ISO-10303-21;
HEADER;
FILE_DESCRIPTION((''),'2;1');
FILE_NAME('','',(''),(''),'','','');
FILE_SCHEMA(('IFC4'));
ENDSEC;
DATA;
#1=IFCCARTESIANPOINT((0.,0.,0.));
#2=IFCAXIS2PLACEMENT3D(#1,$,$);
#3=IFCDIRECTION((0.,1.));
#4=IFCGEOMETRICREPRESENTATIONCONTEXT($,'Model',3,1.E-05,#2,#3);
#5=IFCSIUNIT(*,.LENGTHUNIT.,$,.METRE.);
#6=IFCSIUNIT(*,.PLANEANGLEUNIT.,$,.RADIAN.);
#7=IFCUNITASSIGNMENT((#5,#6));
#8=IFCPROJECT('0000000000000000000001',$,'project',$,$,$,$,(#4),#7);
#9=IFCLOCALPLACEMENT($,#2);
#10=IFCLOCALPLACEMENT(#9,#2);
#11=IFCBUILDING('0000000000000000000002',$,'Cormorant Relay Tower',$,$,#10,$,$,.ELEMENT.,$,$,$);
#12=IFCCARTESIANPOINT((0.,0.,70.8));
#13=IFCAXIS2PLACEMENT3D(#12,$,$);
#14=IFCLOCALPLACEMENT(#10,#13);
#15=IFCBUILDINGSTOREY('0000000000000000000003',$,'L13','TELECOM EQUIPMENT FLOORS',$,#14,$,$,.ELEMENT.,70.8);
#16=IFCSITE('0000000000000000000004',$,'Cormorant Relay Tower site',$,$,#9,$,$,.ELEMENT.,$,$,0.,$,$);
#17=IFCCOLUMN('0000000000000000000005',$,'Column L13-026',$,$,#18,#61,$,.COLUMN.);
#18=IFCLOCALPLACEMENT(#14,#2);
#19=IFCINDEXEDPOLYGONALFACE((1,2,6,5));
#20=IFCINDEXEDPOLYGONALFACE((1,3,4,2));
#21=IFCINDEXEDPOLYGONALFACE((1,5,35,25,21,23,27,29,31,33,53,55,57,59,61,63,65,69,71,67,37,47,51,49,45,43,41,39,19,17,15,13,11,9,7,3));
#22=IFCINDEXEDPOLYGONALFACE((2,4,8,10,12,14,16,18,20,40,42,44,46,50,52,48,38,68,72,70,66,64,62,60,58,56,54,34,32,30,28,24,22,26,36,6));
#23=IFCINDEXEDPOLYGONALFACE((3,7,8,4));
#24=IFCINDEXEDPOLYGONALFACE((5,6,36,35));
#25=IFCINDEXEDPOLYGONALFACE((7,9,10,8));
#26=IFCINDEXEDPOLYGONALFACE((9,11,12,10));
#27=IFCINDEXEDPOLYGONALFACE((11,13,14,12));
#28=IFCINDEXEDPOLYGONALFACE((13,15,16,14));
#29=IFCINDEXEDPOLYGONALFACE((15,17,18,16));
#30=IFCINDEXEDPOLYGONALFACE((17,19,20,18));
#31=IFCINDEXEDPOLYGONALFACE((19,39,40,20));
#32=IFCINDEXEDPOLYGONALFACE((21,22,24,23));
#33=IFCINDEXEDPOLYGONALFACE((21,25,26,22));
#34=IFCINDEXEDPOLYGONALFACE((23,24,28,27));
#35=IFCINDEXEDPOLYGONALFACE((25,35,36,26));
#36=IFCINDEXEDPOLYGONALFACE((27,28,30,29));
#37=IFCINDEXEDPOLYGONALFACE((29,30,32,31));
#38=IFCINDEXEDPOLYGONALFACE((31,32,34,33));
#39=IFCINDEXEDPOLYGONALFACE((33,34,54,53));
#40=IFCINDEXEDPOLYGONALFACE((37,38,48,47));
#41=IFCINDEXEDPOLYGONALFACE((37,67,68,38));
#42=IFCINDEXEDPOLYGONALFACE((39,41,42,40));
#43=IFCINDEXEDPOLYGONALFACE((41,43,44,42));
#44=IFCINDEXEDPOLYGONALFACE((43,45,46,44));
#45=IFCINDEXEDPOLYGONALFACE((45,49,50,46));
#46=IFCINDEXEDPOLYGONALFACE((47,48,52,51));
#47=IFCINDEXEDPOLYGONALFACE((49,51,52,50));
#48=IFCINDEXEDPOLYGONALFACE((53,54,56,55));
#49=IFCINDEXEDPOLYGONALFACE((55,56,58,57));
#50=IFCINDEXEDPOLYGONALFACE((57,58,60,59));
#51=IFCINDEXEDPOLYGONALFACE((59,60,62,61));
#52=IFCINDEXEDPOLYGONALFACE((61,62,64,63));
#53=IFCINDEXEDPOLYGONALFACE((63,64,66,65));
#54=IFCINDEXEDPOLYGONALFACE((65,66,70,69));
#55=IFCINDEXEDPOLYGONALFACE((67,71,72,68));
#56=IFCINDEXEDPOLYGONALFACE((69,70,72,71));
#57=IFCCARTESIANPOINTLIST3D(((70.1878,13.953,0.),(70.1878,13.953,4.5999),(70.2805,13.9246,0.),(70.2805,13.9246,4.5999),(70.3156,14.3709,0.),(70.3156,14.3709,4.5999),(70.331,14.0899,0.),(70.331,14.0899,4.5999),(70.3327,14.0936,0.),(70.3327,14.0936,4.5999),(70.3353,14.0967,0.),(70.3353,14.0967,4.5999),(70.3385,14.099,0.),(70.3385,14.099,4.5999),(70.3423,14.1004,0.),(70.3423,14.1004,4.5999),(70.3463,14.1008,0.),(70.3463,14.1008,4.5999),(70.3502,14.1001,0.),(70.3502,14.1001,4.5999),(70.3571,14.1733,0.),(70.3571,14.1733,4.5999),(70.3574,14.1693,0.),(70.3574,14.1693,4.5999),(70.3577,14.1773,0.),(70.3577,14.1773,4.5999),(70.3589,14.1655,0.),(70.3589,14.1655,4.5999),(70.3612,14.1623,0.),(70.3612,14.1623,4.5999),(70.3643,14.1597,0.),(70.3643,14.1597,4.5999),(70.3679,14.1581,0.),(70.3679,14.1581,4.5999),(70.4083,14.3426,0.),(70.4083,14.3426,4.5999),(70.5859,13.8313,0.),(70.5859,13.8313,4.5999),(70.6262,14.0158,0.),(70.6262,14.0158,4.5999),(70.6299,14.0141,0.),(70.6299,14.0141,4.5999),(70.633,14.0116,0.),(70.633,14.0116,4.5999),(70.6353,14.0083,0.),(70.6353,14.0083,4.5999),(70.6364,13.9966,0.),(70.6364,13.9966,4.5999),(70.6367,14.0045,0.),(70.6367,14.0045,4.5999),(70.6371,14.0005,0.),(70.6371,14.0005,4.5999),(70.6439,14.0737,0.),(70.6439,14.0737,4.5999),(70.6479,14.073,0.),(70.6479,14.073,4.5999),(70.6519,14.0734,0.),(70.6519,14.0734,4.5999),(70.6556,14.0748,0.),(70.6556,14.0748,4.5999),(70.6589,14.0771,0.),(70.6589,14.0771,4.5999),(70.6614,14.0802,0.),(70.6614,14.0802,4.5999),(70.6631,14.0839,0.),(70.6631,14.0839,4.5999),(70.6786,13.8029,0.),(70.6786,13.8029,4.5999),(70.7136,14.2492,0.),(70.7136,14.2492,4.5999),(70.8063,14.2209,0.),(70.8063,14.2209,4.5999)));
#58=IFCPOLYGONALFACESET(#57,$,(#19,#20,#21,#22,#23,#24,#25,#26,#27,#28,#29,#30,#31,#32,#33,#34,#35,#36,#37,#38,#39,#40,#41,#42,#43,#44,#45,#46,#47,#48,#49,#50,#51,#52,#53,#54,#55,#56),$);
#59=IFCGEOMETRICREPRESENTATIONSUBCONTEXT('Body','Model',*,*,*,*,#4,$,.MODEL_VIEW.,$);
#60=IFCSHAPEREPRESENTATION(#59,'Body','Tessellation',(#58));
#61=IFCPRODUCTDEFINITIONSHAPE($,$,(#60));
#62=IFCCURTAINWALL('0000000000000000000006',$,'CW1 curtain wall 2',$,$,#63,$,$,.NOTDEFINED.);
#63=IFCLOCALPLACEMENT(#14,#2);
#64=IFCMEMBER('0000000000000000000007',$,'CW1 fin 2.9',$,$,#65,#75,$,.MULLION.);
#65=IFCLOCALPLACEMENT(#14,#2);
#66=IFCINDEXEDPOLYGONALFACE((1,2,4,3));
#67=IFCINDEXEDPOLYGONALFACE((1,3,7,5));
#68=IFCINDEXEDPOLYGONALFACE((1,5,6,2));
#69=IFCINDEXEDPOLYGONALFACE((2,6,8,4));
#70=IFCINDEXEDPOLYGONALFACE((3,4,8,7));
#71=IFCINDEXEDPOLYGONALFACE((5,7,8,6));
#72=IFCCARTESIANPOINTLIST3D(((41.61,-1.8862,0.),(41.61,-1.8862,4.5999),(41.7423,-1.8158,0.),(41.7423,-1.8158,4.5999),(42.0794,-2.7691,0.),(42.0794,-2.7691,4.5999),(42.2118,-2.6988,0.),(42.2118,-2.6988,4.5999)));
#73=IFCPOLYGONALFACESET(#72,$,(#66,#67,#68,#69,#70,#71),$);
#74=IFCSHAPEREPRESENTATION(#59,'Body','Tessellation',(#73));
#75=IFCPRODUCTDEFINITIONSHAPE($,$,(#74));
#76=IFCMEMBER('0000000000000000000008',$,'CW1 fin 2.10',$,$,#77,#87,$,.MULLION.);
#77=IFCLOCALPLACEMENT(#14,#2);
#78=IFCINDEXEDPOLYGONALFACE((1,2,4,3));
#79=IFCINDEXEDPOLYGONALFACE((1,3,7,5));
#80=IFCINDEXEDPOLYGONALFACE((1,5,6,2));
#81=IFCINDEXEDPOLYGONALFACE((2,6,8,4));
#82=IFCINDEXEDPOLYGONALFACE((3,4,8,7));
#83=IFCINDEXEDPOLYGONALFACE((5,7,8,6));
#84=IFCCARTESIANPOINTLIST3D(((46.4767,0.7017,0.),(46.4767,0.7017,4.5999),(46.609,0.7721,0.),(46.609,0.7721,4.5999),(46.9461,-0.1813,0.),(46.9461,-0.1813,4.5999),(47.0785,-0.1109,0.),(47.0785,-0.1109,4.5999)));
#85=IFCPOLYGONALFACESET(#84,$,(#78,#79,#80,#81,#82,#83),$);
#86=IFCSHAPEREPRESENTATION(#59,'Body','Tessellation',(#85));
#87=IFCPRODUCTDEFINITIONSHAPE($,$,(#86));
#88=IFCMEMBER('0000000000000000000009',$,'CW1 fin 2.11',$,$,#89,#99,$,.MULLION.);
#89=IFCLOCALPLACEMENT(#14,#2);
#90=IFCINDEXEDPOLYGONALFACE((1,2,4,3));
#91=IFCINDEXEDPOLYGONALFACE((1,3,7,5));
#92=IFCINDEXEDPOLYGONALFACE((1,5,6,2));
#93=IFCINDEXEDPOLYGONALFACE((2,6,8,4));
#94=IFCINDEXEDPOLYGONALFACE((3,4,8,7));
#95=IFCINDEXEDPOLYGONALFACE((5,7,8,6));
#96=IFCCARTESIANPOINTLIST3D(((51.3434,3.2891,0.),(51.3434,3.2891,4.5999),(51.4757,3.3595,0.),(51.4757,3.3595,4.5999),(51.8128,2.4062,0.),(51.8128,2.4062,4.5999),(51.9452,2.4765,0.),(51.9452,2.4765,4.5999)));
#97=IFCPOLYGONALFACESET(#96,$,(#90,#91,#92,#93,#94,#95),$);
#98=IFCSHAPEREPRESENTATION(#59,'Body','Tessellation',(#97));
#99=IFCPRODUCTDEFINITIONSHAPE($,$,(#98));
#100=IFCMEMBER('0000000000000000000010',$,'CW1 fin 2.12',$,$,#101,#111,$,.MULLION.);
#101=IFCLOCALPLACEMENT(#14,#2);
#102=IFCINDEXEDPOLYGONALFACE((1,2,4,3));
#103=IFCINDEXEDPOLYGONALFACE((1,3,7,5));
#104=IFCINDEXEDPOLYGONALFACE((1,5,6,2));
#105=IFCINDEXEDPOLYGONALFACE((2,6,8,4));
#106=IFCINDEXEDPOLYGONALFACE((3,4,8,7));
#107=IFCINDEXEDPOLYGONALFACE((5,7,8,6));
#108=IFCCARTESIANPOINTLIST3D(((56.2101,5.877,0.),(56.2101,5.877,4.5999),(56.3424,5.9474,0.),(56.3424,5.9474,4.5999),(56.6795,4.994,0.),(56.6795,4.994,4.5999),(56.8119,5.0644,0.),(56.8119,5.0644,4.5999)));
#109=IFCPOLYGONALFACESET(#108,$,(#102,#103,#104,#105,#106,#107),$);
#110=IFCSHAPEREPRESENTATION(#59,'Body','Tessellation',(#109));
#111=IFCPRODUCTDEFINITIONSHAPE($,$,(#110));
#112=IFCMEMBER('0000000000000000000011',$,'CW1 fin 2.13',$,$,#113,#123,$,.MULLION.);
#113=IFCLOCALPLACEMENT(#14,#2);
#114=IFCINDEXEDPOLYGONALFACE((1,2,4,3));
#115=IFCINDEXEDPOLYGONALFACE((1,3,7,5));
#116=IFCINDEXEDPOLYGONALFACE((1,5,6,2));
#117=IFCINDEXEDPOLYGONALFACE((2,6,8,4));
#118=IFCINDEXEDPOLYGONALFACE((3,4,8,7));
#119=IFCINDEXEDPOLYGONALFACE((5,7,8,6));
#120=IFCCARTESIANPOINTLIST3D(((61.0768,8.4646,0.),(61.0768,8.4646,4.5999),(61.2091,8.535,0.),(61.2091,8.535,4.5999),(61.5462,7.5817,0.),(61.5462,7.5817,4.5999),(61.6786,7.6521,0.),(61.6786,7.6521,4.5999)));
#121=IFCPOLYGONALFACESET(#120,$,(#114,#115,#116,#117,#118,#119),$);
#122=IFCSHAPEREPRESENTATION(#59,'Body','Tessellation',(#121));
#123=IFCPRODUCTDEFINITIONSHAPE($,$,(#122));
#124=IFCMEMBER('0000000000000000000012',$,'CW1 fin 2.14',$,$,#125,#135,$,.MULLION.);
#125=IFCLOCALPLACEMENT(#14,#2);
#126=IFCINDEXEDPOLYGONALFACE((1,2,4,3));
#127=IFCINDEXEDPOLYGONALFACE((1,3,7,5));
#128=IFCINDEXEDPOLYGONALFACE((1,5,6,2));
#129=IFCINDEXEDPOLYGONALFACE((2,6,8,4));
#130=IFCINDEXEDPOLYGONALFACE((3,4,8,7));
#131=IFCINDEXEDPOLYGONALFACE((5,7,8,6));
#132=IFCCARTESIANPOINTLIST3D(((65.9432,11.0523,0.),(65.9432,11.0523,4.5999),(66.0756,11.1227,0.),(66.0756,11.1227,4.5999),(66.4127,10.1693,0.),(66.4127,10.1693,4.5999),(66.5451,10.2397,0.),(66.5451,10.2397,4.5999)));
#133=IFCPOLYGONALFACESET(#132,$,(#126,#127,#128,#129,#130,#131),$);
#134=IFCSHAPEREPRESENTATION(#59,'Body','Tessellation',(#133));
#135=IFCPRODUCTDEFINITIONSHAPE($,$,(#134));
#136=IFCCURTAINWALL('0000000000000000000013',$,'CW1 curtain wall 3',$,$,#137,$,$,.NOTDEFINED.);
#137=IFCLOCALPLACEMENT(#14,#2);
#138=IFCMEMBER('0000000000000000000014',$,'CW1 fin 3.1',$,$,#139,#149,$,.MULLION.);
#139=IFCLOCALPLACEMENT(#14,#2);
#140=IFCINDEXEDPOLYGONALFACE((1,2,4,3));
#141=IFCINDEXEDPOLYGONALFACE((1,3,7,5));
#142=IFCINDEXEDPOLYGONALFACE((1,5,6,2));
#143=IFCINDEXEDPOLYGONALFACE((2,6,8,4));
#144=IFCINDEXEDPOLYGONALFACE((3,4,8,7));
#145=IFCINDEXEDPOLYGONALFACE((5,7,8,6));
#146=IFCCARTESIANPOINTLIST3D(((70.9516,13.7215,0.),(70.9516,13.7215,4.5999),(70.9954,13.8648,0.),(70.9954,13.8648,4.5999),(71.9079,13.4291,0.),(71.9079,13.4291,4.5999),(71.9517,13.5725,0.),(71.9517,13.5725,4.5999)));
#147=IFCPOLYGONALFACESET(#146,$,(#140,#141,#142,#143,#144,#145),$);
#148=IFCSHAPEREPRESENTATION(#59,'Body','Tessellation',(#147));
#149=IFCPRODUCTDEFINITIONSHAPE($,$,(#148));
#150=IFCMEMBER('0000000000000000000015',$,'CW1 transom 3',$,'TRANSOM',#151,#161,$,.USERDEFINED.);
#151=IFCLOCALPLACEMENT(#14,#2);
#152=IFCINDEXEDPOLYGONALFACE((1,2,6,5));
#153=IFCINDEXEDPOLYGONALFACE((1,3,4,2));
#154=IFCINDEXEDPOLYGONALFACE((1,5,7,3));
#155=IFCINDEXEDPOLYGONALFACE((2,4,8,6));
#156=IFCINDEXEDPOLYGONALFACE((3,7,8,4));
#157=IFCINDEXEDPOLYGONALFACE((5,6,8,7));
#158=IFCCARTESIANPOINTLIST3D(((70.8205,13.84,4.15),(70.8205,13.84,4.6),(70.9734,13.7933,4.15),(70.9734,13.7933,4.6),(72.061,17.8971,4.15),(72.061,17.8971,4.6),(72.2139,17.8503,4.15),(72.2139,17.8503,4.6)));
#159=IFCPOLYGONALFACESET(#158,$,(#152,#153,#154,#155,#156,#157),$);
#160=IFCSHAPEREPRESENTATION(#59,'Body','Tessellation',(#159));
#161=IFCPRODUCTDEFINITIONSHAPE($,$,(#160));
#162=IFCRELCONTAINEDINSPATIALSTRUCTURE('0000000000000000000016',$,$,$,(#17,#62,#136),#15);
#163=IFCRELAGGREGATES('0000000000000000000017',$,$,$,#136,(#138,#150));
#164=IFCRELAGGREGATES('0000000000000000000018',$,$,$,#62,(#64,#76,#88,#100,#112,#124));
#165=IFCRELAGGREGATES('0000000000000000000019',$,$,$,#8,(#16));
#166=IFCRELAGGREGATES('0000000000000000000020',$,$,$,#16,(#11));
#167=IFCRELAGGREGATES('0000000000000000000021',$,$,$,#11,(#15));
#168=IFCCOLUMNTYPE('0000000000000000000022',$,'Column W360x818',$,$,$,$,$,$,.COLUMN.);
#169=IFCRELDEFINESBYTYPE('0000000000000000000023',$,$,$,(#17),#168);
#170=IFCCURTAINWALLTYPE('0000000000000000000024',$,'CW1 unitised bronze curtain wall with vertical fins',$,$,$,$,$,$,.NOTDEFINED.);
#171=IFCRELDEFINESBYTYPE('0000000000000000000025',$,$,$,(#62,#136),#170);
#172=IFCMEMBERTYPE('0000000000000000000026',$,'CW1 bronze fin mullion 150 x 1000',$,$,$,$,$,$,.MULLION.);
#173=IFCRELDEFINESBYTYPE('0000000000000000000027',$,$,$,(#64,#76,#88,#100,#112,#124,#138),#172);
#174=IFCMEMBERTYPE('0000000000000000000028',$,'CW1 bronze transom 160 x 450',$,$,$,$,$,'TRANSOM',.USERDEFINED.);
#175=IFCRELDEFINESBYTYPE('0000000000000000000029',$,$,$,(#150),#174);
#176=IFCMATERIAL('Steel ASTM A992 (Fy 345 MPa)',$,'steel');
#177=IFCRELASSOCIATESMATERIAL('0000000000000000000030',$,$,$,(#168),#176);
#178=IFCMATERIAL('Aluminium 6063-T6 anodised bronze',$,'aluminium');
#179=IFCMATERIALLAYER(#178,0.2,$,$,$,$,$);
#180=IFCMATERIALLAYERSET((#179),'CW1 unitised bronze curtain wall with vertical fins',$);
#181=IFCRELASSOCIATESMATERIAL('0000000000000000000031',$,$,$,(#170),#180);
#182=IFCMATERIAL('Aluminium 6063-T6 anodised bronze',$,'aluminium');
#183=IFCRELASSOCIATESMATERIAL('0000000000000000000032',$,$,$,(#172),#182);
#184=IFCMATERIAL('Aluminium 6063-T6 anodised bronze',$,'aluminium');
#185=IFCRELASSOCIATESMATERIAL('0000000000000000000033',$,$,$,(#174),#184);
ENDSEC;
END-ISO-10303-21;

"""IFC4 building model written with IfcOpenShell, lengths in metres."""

from ifc_helpers import new_model, si_unit, direction, frame, origin, origin_2d, place, context, subcontext, project, spatial, rectangle, i_section, extrude, material, layer, layer_set, material_profile, profile_set, type_object, element, aggregate, save


model = new_model("IFC4")

# Units and contexts
model_context = context("Model", 3, precision=1e-05, world=origin(), true_north=direction((0.0, 1.0)))
body_context = subcontext(model_context, "Body", "Model", "MODEL_VIEW")
ifc_project = project(units=[si_unit("LENGTHUNIT", "METRE"), si_unit("PLANEANGLEUNIT", "RADIAN")], contexts=[model_context])

# Site, building, storey
site_placement = place(None, origin())
site = spatial("IfcSite", under=ifc_project, at=site_placement, Name="Cormorant Relay Tower site", CompositionType="ELEMENT", RefElevation=0.0)
building_placement = place(site_placement, origin())
building = spatial("IfcBuilding", under=site, at=building_placement, Name="Cormorant Relay Tower", CompositionType="ELEMENT")
storey_placement = place(building_placement, frame((0.0, 0.0, 70.8)))
storey = spatial("IfcBuildingStorey", under=building, at=storey_placement, Name="L13", Description="TELECOM EQUIPMENT FLOORS", CompositionType="ELEMENT", Elevation=70.8)

# Column
ifc_material_1 = material(Name="Steel ASTM A992 (Fy 345 MPa)", Category="steel")
ifc_material_profile_1 = material_profile(ifc_material_1, i_section(OverallWidth=0.437, OverallDepth=0.5132, WebThickness=0.0605, FlangeThickness=0.0969, FilletRadius=0.0154, at=origin_2d()), Name="W360x818")
ifc_profile_set_1 = profile_set([ifc_material_profile_1], Name="Steel ASTM A992 (Fy 345 MPa)")
column_type_1 = type_object("IfcColumnType", Name="Column W360x818", PredefinedType="COLUMN", material=ifc_profile_set_1)
for number, where, z_axis, x_axis, name in (
    (1, (70.4971, 14.0869, 0.0), (0.0, 0.0, 1.0), (0.292372, 0.956305, 0.0), "Column L13-026"),
):
    element("IfcColumn", number, at=place(storey_placement, frame(where, z_axis=z_axis, x_axis=x_axis)), inside=storey, type_object=column_type_1, Name=name, PredefinedType="COLUMN", context=body_context, shape_type="SweptSolid", body=[
        extrude(i_section(OverallWidth=0.437, OverallDepth=0.5132, WebThickness=0.0605, FlangeThickness=0.0969, FilletRadius=0.0154, at=origin_2d()), origin(), (0.0, 0.0, 1.0), 4.5999),
    ])

# Curtain walls, members
ifc_material_2 = material(Name="Aluminium 6063-T6 anodised bronze", Category="aluminium")
ifc_layer_1 = layer(ifc_material_2, 0.2)
ifc_layer_set_1 = layer_set([ifc_layer_1], Name="CW1 unitised bronze curtain wall with vertical fins")
curtain_wall_type = type_object("IfcCurtainWallType", Name="CW1 unitised bronze curtain wall with vertical fins", PredefinedType="NOTDEFINED", material=ifc_layer_set_1)
curtain_wall_1_placement = place(storey_placement, origin())
curtain_wall_1 = element("IfcCurtainWall", 2, at=curtain_wall_1_placement, inside=storey, type_object=curtain_wall_type, Name="CW1 curtain wall 2", PredefinedType="NOTDEFINED")
ifc_material_3 = material(Name="Aluminium 6063-T6 anodised bronze", Category="aluminium")
ifc_material_profile_2 = material_profile(ifc_material_3, rectangle(XDim=0.1499, YDim=1.0, at=origin_2d()), Name="AL 150x1000")
ifc_profile_set_2 = profile_set([ifc_material_profile_2], Name="Aluminium 6063-T6 anodised bronze")
member_type_1 = type_object("IfcMemberType", Name="CW1 bronze fin mullion 150 x 1000", PredefinedType="MULLION", material=ifc_profile_set_2)
member_1_placement = place(storey_placement, frame((41.9109, -2.2925, 0.0), z_axis=(0.0, 0.0, 1.0), x_axis=(0.882948, 0.469472, 0.0)))
member_1 = element("IfcMember", 3, at=member_1_placement, type_object=member_type_1, Name="CW1 fin 2.9", PredefinedType="MULLION", context=body_context, shape_type="SweptSolid", body=[
    extrude(rectangle(XDim=0.1499, YDim=1.0, at=origin_2d()), origin(), (0.0, 0.0, 1.0), 4.5999),
])
member_2_placement = place(storey_placement, frame((46.7776, 0.2954, 0.0), z_axis=(0.0, 0.0, 1.0), x_axis=(0.882948, 0.469472, 0.0)))
member_2 = element("IfcMember", 4, at=member_2_placement, type_object=member_type_1, Name="CW1 fin 2.10", PredefinedType="MULLION", context=body_context, shape_type="SweptSolid", body=[
    extrude(rectangle(XDim=0.1499, YDim=1.0, at=origin_2d()), origin(), (0.0, 0.0, 1.0), 4.5999),
])
member_3_placement = place(storey_placement, frame((51.6443, 2.8828, 0.0), z_axis=(0.0, 0.0, 1.0), x_axis=(0.882948, 0.469472, 0.0)))
member_3 = element("IfcMember", 5, at=member_3_placement, type_object=member_type_1, Name="CW1 fin 2.11", PredefinedType="MULLION", context=body_context, shape_type="SweptSolid", body=[
    extrude(rectangle(XDim=0.1499, YDim=1.0, at=origin_2d()), origin(), (0.0, 0.0, 1.0), 4.5999),
])
member_4_placement = place(storey_placement, frame((56.511, 5.4707, 0.0), z_axis=(0.0, 0.0, 1.0), x_axis=(0.882948, 0.469472, 0.0)))
member_4 = element("IfcMember", 6, at=member_4_placement, type_object=member_type_1, Name="CW1 fin 2.12", PredefinedType="MULLION", context=body_context, shape_type="SweptSolid", body=[
    extrude(rectangle(XDim=0.1499, YDim=1.0, at=origin_2d()), origin(), (0.0, 0.0, 1.0), 4.5999),
])
member_5_placement = place(storey_placement, frame((61.3777, 8.0583, 0.0), z_axis=(0.0, 0.0, 1.0), x_axis=(0.882948, 0.469472, 0.0)))
member_5 = element("IfcMember", 7, at=member_5_placement, type_object=member_type_1, Name="CW1 fin 2.13", PredefinedType="MULLION", context=body_context, shape_type="SweptSolid", body=[
    extrude(rectangle(XDim=0.1499, YDim=1.0, at=origin_2d()), origin(), (0.0, 0.0, 1.0), 4.5999),
])
member_6_placement = place(storey_placement, frame((66.2441, 10.646, 0.0), z_axis=(0.0, 0.0, 1.0), x_axis=(0.882948, 0.469472, 0.0)))
member_6 = element("IfcMember", 8, at=member_6_placement, type_object=member_type_1, Name="CW1 fin 2.14", PredefinedType="MULLION", context=body_context, shape_type="SweptSolid", body=[
    extrude(rectangle(XDim=0.1499, YDim=1.0, at=origin_2d()), origin(), (0.0, 0.0, 1.0), 4.5999),
])
curtain_wall_2_placement = place(storey_placement, origin())
curtain_wall_2 = element("IfcCurtainWall", 9, at=curtain_wall_2_placement, inside=storey, type_object=curtain_wall_type, Name="CW1 curtain wall 3", PredefinedType="NOTDEFINED")
member_7_placement = place(storey_placement, frame((71.4517, 13.647, 0.0), z_axis=(0.0, 0.0, 1.0), x_axis=(0.292372, 0.956305, 0.0)))
member_7 = element("IfcMember", 10, at=member_7_placement, type_object=member_type_1, Name="CW1 fin 3.1", PredefinedType="MULLION", context=body_context, shape_type="SweptSolid", body=[
    extrude(rectangle(XDim=0.1499, YDim=1.0, at=origin_2d()), origin(), (0.0, 0.0, 1.0), 4.5999),
])
ifc_material_4 = material(Name="Aluminium 6063-T6 anodised bronze", Category="aluminium")
ifc_material_profile_3 = material_profile(ifc_material_4, rectangle(XDim=0.1599, YDim=0.45, at=origin_2d()), Name="AL 160x450")
ifc_profile_set_3 = profile_set([ifc_material_profile_3], Name="Aluminium 6063-T6 anodised bronze")
member_type_2 = type_object("IfcMemberType", Name="CW1 bronze transom 160 x 450", ElementType="TRANSOM", PredefinedType="USERDEFINED", material=ifc_profile_set_3)
member_8_placement = place(storey_placement, frame((70.897, 13.8167, 4.375), z_axis=(0.292391, 0.956299, 0.0), x_axis=(-0.956299, 0.292391, 0.0)))
member_8 = element("IfcMember", 11, at=member_8_placement, type_object=member_type_2, Name="CW1 transom 3", ObjectType="TRANSOM", PredefinedType="USERDEFINED", context=body_context, shape_type="SweptSolid", body=[
    extrude(rectangle(XDim=0.1599, YDim=0.45, at=origin_2d()), origin(), (0.0, 0.0, 1.0), 4.2424),
])
aggregate(curtain_wall_2, [member_7, member_8])

aggregate(curtain_wall_1, [member_1, member_2, member_3, member_4, member_5, member_6])

save(model, "model.ifc")
